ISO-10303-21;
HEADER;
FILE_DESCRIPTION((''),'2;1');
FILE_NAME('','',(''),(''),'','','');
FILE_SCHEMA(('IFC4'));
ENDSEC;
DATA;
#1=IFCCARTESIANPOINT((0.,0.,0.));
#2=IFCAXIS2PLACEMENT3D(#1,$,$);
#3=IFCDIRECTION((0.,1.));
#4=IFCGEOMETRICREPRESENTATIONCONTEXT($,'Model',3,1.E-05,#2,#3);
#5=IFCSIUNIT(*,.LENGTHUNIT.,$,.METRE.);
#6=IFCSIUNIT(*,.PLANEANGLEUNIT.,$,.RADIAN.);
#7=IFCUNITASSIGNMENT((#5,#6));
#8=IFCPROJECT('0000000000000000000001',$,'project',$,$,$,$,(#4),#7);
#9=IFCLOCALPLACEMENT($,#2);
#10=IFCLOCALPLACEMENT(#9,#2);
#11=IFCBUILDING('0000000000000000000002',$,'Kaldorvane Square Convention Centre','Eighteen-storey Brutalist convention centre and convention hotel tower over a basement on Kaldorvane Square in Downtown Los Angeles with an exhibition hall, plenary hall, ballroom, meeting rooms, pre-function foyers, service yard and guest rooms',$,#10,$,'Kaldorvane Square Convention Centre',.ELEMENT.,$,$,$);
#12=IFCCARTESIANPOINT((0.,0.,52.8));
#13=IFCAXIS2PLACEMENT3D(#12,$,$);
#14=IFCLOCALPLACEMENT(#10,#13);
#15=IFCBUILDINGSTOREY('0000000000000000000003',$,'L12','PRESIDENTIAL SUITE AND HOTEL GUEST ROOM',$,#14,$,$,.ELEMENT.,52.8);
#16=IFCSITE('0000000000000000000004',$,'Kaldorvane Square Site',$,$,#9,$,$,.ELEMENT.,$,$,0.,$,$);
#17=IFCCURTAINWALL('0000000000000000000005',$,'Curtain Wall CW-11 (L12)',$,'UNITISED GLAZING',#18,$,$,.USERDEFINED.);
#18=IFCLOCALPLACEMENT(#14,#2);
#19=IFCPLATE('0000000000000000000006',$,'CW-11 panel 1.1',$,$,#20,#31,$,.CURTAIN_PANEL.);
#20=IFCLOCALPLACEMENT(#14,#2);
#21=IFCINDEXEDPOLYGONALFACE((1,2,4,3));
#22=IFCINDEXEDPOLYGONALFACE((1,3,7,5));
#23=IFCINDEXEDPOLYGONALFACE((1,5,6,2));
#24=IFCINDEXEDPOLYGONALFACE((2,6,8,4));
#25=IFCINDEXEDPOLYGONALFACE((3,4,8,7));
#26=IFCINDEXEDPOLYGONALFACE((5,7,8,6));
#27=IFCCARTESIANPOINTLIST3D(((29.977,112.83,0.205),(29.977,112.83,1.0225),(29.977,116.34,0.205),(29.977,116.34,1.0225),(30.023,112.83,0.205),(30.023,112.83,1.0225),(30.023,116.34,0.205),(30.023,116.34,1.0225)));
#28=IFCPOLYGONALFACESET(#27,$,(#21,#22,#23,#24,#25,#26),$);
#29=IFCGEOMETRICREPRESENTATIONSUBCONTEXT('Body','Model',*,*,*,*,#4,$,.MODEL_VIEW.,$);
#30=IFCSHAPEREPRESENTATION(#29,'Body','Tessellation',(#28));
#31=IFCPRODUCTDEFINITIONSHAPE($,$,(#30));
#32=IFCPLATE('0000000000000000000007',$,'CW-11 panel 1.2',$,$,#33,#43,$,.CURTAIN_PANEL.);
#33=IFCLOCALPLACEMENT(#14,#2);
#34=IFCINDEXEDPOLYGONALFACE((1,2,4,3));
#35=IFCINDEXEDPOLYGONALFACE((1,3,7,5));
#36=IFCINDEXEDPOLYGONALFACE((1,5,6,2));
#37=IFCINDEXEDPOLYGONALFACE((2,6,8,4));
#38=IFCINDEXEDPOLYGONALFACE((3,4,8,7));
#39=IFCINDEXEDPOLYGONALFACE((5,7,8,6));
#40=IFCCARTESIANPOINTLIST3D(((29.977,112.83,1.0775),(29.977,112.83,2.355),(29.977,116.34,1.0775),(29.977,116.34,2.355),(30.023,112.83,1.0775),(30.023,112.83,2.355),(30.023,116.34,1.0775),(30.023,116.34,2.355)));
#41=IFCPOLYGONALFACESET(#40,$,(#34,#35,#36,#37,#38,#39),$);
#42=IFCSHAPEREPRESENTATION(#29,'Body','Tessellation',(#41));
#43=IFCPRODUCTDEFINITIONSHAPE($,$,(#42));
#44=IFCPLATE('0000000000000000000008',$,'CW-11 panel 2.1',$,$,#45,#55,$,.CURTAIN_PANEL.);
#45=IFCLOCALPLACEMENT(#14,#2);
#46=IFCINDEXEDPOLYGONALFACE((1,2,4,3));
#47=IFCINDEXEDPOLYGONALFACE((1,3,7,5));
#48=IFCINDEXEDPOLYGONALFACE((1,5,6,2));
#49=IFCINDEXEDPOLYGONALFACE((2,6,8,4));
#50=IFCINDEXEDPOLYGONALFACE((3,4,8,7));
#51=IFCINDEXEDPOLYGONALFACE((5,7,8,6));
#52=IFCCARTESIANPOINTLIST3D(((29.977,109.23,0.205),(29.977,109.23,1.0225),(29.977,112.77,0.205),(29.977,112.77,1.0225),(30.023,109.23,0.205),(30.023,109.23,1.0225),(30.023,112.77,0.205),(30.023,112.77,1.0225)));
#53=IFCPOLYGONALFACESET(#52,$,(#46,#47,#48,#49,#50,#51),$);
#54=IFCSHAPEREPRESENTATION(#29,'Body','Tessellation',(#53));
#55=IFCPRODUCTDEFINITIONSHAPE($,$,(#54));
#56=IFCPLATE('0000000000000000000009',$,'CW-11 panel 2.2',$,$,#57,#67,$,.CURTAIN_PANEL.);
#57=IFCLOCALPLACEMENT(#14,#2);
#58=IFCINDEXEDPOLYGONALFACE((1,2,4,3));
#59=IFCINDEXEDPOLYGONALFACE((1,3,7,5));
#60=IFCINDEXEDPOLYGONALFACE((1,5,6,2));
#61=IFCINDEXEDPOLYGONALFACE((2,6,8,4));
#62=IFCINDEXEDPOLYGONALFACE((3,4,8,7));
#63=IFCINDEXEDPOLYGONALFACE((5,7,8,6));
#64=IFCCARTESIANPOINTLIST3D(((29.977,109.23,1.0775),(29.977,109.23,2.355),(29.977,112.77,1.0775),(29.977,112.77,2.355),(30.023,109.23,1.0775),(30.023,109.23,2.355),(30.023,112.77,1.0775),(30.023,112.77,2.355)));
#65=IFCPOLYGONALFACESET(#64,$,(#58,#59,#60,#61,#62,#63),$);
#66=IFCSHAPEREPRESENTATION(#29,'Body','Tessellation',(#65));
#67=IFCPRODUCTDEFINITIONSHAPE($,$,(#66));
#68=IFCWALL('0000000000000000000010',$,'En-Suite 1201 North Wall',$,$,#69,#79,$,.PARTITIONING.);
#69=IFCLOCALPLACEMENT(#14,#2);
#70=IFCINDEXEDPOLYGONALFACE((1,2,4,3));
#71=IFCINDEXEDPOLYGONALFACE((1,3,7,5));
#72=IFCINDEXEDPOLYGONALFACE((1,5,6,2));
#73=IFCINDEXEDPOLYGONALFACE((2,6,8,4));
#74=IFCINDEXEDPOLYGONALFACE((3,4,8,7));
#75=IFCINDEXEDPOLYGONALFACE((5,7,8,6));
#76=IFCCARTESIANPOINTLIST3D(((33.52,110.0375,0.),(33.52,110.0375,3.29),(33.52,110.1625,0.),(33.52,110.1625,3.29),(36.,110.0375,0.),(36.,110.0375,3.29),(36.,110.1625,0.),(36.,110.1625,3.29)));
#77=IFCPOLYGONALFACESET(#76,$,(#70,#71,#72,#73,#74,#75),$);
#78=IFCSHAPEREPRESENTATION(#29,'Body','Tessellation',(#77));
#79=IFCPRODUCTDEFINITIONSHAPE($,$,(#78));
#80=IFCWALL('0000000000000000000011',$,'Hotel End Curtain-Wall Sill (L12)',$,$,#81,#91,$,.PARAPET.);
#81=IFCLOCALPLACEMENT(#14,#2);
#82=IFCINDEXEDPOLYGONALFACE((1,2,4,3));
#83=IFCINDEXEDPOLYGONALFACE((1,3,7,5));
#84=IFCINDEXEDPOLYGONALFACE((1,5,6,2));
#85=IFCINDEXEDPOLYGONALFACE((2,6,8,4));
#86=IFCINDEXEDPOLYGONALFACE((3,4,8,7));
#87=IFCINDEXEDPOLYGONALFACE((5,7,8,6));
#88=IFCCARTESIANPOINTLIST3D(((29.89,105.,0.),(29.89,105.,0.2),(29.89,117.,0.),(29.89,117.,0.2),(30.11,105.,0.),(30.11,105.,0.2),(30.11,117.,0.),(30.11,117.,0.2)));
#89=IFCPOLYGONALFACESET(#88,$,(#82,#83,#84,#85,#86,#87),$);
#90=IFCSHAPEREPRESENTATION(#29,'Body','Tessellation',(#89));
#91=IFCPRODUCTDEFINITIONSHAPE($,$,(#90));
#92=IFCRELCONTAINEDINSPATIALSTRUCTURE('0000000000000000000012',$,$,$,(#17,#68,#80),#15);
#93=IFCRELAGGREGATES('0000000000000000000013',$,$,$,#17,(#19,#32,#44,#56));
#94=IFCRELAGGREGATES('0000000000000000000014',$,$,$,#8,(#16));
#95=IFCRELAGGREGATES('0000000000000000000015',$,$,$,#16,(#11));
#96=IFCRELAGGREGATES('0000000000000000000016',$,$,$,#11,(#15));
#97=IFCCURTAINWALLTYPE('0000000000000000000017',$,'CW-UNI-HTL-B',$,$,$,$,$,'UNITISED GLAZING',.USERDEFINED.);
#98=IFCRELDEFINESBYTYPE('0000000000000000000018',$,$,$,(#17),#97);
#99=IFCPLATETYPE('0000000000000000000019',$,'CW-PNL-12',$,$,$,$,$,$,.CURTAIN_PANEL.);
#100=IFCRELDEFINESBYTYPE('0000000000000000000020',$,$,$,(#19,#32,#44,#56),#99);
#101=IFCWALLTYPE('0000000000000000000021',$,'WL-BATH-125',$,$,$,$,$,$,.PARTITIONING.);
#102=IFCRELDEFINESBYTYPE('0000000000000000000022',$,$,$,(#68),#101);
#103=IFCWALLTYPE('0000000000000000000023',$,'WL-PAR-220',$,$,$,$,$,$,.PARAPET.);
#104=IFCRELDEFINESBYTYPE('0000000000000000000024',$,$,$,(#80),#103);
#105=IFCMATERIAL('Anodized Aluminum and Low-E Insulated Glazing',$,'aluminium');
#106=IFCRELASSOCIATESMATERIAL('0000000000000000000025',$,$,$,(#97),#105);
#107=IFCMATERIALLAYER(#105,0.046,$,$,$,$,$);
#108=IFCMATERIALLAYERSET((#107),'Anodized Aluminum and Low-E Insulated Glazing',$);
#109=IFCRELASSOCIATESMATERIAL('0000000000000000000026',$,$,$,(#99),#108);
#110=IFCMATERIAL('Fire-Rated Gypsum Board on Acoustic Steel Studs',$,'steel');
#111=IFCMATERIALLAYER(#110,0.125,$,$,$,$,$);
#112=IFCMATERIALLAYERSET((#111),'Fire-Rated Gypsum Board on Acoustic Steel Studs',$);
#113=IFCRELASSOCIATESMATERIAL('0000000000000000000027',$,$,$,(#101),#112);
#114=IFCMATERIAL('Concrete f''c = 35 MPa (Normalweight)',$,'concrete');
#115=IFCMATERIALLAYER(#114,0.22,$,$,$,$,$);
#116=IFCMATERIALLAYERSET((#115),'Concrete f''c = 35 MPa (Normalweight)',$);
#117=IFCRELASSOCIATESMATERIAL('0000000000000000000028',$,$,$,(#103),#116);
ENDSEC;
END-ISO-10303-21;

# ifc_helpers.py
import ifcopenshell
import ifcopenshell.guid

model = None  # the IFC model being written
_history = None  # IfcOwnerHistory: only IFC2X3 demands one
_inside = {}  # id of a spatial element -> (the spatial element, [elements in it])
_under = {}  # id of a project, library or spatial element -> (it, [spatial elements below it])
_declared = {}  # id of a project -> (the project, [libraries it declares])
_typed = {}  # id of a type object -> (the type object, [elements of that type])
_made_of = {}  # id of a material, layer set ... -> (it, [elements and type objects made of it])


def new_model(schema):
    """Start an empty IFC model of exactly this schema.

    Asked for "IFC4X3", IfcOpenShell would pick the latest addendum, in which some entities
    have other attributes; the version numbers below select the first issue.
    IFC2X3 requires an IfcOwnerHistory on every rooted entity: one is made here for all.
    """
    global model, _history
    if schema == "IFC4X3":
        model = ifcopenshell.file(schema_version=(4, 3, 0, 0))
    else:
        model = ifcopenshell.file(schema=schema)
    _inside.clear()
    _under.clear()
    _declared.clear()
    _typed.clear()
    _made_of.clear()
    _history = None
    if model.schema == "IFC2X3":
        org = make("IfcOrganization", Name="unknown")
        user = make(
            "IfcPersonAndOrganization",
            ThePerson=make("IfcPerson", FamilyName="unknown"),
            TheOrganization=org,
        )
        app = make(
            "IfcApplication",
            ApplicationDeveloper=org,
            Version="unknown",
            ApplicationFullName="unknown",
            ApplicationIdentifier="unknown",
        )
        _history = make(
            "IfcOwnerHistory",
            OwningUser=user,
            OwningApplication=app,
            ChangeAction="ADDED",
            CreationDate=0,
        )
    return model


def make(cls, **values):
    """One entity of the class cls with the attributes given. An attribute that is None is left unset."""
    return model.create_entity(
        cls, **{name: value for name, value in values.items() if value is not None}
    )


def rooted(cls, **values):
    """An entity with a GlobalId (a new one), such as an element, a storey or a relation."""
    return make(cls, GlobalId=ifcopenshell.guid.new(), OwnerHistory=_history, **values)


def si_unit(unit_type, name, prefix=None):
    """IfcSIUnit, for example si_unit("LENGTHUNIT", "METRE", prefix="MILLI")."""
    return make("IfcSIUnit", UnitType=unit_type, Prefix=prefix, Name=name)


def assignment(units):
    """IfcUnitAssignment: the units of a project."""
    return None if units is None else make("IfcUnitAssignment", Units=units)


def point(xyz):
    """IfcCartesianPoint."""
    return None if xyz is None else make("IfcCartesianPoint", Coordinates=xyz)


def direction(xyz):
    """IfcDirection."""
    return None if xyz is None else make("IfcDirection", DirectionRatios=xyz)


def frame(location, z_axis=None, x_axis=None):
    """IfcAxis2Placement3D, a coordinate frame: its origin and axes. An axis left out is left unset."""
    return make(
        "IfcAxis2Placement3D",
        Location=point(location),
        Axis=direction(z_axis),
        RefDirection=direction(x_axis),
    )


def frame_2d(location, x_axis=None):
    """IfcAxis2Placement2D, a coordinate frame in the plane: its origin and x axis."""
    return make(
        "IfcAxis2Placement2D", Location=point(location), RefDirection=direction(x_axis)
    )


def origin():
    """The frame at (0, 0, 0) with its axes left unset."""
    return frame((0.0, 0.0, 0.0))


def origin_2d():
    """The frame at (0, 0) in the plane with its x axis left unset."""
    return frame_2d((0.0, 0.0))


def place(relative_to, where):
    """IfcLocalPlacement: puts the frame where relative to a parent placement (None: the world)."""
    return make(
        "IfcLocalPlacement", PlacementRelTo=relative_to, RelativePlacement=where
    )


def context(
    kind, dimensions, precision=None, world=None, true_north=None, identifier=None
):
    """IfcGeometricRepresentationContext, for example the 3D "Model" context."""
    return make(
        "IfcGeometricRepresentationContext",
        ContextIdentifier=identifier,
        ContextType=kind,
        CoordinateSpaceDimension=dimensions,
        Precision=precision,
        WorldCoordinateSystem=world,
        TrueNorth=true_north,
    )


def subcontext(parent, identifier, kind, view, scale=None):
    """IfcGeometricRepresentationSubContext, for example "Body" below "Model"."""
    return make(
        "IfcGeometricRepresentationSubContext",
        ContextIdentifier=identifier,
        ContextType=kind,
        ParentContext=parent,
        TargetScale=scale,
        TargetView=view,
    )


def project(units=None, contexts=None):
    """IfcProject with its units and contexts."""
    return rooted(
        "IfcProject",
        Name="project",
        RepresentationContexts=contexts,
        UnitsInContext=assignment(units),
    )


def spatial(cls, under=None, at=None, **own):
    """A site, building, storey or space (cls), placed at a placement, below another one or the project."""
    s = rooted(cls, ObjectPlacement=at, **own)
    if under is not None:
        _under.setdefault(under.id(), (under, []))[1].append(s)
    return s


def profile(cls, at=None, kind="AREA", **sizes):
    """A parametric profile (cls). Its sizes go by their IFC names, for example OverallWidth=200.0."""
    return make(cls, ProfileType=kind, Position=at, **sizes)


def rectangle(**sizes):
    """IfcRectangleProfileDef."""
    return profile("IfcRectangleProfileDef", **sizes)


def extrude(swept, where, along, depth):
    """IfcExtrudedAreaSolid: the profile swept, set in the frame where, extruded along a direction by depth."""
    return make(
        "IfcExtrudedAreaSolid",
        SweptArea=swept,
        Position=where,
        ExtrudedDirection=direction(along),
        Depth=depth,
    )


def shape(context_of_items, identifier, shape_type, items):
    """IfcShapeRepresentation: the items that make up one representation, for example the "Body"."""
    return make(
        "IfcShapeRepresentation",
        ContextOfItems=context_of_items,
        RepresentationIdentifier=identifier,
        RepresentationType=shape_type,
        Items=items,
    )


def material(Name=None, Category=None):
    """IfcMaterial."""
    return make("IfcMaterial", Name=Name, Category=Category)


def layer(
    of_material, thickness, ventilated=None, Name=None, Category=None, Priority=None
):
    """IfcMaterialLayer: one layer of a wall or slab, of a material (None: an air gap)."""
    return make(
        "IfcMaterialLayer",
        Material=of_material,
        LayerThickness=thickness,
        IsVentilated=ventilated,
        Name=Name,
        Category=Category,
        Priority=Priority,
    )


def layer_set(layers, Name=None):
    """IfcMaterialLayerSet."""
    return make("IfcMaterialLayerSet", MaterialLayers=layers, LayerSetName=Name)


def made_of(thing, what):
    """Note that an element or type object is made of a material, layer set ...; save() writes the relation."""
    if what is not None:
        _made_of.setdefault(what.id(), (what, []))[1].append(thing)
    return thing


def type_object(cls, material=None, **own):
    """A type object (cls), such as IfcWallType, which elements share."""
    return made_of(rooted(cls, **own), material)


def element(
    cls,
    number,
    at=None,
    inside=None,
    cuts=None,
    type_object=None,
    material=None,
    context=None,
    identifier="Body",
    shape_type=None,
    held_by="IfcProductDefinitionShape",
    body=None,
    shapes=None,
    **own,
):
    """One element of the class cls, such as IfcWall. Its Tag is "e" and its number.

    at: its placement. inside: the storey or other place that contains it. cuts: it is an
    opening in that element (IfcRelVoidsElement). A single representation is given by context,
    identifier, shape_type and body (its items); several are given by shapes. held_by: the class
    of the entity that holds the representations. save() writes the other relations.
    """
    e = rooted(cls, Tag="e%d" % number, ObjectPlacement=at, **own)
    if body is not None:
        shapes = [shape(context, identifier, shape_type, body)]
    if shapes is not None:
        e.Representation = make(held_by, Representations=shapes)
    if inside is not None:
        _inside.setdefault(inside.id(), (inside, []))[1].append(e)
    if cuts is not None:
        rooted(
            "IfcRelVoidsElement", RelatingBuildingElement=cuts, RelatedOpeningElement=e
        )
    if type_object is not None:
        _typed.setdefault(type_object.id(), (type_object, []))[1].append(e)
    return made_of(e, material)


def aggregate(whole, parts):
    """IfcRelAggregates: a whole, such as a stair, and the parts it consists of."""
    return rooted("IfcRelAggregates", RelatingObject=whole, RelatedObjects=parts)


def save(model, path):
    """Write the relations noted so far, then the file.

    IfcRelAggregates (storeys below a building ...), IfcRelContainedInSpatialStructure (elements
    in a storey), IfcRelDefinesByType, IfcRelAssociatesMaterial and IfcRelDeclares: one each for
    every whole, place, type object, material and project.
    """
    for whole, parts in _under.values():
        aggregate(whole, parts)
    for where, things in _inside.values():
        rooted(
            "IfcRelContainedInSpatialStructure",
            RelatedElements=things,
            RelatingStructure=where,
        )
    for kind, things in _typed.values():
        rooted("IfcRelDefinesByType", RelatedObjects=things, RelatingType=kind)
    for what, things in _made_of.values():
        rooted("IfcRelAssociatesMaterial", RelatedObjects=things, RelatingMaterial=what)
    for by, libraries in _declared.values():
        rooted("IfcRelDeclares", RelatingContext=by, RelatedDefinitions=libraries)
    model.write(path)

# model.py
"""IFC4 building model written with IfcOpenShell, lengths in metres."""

from ifc_helpers import new_model, si_unit, direction, frame, frame_2d, origin, origin_2d, place, context, subcontext, project, spatial, rectangle, extrude, material, layer, layer_set, type_object, element, aggregate, save


model = new_model("IFC4")

# Units and contexts
model_context = context("Model", 3, precision=1e-05, world=origin(), true_north=direction((0.0, 1.0)))
body_context = subcontext(model_context, "Body", "Model", "MODEL_VIEW")
ifc_project = project(units=[si_unit("LENGTHUNIT", "METRE"), si_unit("PLANEANGLEUNIT", "RADIAN")], contexts=[model_context])

# Site, building, storey
site_placement = place(None, origin())
site = spatial("IfcSite", under=ifc_project, at=site_placement, Name="Kaldorvane Square Site", CompositionType="ELEMENT", RefElevation=0.0)
building_placement = place(site_placement, origin())
building = spatial("IfcBuilding", under=site, at=building_placement, Name="Kaldorvane Square Convention Centre", Description="Eighteen-storey Brutalist convention centre and convention hotel tower over a basement on Kaldorvane Square in Downtown Los Angeles with an exhibition hall, plenary hall, ballroom, meeting rooms, pre-function foyers, service yard and guest rooms", LongName="Kaldorvane Square Convention Centre", CompositionType="ELEMENT")
storey_placement = place(building_placement, frame((0.0, 0.0, 52.8)))
storey = spatial("IfcBuildingStorey", under=building, at=storey_placement, Name="L12", Description="PRESIDENTIAL SUITE AND HOTEL GUEST ROOM", CompositionType="ELEMENT", Elevation=52.8)

# Curtain wall, plates
ifc_material_1 = material(Name="Anodized Aluminum and Low-E Insulated Glazing", Category="aluminium")
curtain_wall_type = type_object("IfcCurtainWallType", Name="CW-UNI-HTL-B", ElementType="UNITISED GLAZING", PredefinedType="USERDEFINED", material=ifc_material_1)
curtain_wall_placement = place(storey_placement, origin())
curtain_wall = element("IfcCurtainWall", 1, at=curtain_wall_placement, inside=storey, type_object=curtain_wall_type, Name="Curtain Wall CW-11 (L12)", ObjectType="UNITISED GLAZING", PredefinedType="USERDEFINED")
ifc_layer_1 = layer(ifc_material_1, 0.046)
ifc_layer_set_1 = layer_set([ifc_layer_1], Name="Anodized Aluminum and Low-E Insulated Glazing")
plate_type = type_object("IfcPlateType", Name="CW-PNL-12", PredefinedType="CURTAIN_PANEL", material=ifc_layer_set_1)
plate_1_placement = place(storey_placement, frame((30.0, 114.585, 0.205), z_axis=(0.0, 0.0, 1.0), x_axis=(0.0, -1.0, 0.0)))
plate_1 = element("IfcPlate", 2, at=plate_1_placement, type_object=plate_type, Name="CW-11 panel 1.1", PredefinedType="CURTAIN_PANEL", context=body_context, shape_type="SweptSolid", body=[
    extrude(rectangle(XDim=3.51, YDim=0.046, at=origin_2d()), origin(), (0.0, 0.0, 1.0), 0.8175),
])
plate_2_placement = place(storey_placement, frame((30.0, 114.585, 1.0775), z_axis=(0.0, 0.0, 1.0), x_axis=(0.0, -1.0, 0.0)))
plate_2 = element("IfcPlate", 3, at=plate_2_placement, type_object=plate_type, Name="CW-11 panel 1.2", PredefinedType="CURTAIN_PANEL", context=body_context, shape_type="SweptSolid", body=[
    extrude(rectangle(XDim=3.51, YDim=0.046, at=origin_2d()), origin(), (0.0, 0.0, 1.0), 1.2775),
])
plate_3_placement = place(storey_placement, frame((30.0, 111.0, 0.205), z_axis=(0.0, 0.0, 1.0), x_axis=(0.0, -1.0, 0.0)))
plate_3 = element("IfcPlate", 4, at=plate_3_placement, type_object=plate_type, Name="CW-11 panel 2.1", PredefinedType="CURTAIN_PANEL", context=body_context, shape_type="SweptSolid", body=[
    extrude(rectangle(XDim=3.54, YDim=0.046, at=origin_2d()), origin(), (0.0, 0.0, 1.0), 0.8175),
])
plate_4_placement = place(storey_placement, frame((30.0, 111.0, 1.0775), z_axis=(0.0, 0.0, 1.0), x_axis=(0.0, -1.0, 0.0)))
plate_4 = element("IfcPlate", 5, at=plate_4_placement, type_object=plate_type, Name="CW-11 panel 2.2", PredefinedType="CURTAIN_PANEL", context=body_context, shape_type="SweptSolid", body=[
    extrude(rectangle(XDim=3.54, YDim=0.046, at=origin_2d()), origin(), (0.0, 0.0, 1.0), 1.2775),
])
aggregate(curtain_wall, [plate_1, plate_2, plate_3, plate_4])

# Walls
ifc_material_2 = material(Name="Fire-Rated Gypsum Board on Acoustic Steel Studs", Category="steel")
ifc_layer_2 = layer(ifc_material_2, 0.125)
ifc_layer_set_2 = layer_set([ifc_layer_2], Name="Fire-Rated Gypsum Board on Acoustic Steel Studs")
wall_type_1 = type_object("IfcWallType", Name="WL-BATH-125", PredefinedType="PARTITIONING", material=ifc_layer_set_2)
wall_1_placement = place(storey_placement, frame((33.52, 110.1, 0.0), z_axis=(0.0, 0.0, 1.0), x_axis=(1.0, 0.0, 0.0)))
element("IfcWall", 6, at=wall_1_placement, inside=storey, type_object=wall_type_1, Name="En-Suite 1201 North Wall", PredefinedType="PARTITIONING", context=body_context, shape_type="SweptSolid", body=[
    extrude(rectangle(XDim=2.48, YDim=0.125, at=frame_2d((1.24, 0.0))), origin(), (0.0, 0.0, 1.0), 3.29),
])
ifc_material_3 = material(Name="Concrete f'c = 35 MPa (Normalweight)", Category="concrete")
ifc_layer_3 = layer(ifc_material_3, 0.22)
ifc_layer_set_3 = layer_set([ifc_layer_3], Name="Concrete f'c = 35 MPa (Normalweight)")
wall_type_2 = type_object("IfcWallType", Name="WL-PAR-220", PredefinedType="PARAPET", material=ifc_layer_set_3)
wall_2_placement = place(storey_placement, frame((30.0, 117.0, 0.0), z_axis=(0.0, 0.0, 1.0), x_axis=(0.0, -1.0, 0.0)))
element("IfcWall", 7, at=wall_2_placement, inside=storey, type_object=wall_type_2, Name="Hotel End Curtain-Wall Sill (L12)", PredefinedType="PARAPET", context=body_context, shape_type="SweptSolid", body=[
    extrude(rectangle(XDim=12.0, YDim=0.22, at=frame_2d((6.0, 0.0))), origin(), (0.0, 0.0, 1.0), 0.2),
])

save(model, "model.ifc")
